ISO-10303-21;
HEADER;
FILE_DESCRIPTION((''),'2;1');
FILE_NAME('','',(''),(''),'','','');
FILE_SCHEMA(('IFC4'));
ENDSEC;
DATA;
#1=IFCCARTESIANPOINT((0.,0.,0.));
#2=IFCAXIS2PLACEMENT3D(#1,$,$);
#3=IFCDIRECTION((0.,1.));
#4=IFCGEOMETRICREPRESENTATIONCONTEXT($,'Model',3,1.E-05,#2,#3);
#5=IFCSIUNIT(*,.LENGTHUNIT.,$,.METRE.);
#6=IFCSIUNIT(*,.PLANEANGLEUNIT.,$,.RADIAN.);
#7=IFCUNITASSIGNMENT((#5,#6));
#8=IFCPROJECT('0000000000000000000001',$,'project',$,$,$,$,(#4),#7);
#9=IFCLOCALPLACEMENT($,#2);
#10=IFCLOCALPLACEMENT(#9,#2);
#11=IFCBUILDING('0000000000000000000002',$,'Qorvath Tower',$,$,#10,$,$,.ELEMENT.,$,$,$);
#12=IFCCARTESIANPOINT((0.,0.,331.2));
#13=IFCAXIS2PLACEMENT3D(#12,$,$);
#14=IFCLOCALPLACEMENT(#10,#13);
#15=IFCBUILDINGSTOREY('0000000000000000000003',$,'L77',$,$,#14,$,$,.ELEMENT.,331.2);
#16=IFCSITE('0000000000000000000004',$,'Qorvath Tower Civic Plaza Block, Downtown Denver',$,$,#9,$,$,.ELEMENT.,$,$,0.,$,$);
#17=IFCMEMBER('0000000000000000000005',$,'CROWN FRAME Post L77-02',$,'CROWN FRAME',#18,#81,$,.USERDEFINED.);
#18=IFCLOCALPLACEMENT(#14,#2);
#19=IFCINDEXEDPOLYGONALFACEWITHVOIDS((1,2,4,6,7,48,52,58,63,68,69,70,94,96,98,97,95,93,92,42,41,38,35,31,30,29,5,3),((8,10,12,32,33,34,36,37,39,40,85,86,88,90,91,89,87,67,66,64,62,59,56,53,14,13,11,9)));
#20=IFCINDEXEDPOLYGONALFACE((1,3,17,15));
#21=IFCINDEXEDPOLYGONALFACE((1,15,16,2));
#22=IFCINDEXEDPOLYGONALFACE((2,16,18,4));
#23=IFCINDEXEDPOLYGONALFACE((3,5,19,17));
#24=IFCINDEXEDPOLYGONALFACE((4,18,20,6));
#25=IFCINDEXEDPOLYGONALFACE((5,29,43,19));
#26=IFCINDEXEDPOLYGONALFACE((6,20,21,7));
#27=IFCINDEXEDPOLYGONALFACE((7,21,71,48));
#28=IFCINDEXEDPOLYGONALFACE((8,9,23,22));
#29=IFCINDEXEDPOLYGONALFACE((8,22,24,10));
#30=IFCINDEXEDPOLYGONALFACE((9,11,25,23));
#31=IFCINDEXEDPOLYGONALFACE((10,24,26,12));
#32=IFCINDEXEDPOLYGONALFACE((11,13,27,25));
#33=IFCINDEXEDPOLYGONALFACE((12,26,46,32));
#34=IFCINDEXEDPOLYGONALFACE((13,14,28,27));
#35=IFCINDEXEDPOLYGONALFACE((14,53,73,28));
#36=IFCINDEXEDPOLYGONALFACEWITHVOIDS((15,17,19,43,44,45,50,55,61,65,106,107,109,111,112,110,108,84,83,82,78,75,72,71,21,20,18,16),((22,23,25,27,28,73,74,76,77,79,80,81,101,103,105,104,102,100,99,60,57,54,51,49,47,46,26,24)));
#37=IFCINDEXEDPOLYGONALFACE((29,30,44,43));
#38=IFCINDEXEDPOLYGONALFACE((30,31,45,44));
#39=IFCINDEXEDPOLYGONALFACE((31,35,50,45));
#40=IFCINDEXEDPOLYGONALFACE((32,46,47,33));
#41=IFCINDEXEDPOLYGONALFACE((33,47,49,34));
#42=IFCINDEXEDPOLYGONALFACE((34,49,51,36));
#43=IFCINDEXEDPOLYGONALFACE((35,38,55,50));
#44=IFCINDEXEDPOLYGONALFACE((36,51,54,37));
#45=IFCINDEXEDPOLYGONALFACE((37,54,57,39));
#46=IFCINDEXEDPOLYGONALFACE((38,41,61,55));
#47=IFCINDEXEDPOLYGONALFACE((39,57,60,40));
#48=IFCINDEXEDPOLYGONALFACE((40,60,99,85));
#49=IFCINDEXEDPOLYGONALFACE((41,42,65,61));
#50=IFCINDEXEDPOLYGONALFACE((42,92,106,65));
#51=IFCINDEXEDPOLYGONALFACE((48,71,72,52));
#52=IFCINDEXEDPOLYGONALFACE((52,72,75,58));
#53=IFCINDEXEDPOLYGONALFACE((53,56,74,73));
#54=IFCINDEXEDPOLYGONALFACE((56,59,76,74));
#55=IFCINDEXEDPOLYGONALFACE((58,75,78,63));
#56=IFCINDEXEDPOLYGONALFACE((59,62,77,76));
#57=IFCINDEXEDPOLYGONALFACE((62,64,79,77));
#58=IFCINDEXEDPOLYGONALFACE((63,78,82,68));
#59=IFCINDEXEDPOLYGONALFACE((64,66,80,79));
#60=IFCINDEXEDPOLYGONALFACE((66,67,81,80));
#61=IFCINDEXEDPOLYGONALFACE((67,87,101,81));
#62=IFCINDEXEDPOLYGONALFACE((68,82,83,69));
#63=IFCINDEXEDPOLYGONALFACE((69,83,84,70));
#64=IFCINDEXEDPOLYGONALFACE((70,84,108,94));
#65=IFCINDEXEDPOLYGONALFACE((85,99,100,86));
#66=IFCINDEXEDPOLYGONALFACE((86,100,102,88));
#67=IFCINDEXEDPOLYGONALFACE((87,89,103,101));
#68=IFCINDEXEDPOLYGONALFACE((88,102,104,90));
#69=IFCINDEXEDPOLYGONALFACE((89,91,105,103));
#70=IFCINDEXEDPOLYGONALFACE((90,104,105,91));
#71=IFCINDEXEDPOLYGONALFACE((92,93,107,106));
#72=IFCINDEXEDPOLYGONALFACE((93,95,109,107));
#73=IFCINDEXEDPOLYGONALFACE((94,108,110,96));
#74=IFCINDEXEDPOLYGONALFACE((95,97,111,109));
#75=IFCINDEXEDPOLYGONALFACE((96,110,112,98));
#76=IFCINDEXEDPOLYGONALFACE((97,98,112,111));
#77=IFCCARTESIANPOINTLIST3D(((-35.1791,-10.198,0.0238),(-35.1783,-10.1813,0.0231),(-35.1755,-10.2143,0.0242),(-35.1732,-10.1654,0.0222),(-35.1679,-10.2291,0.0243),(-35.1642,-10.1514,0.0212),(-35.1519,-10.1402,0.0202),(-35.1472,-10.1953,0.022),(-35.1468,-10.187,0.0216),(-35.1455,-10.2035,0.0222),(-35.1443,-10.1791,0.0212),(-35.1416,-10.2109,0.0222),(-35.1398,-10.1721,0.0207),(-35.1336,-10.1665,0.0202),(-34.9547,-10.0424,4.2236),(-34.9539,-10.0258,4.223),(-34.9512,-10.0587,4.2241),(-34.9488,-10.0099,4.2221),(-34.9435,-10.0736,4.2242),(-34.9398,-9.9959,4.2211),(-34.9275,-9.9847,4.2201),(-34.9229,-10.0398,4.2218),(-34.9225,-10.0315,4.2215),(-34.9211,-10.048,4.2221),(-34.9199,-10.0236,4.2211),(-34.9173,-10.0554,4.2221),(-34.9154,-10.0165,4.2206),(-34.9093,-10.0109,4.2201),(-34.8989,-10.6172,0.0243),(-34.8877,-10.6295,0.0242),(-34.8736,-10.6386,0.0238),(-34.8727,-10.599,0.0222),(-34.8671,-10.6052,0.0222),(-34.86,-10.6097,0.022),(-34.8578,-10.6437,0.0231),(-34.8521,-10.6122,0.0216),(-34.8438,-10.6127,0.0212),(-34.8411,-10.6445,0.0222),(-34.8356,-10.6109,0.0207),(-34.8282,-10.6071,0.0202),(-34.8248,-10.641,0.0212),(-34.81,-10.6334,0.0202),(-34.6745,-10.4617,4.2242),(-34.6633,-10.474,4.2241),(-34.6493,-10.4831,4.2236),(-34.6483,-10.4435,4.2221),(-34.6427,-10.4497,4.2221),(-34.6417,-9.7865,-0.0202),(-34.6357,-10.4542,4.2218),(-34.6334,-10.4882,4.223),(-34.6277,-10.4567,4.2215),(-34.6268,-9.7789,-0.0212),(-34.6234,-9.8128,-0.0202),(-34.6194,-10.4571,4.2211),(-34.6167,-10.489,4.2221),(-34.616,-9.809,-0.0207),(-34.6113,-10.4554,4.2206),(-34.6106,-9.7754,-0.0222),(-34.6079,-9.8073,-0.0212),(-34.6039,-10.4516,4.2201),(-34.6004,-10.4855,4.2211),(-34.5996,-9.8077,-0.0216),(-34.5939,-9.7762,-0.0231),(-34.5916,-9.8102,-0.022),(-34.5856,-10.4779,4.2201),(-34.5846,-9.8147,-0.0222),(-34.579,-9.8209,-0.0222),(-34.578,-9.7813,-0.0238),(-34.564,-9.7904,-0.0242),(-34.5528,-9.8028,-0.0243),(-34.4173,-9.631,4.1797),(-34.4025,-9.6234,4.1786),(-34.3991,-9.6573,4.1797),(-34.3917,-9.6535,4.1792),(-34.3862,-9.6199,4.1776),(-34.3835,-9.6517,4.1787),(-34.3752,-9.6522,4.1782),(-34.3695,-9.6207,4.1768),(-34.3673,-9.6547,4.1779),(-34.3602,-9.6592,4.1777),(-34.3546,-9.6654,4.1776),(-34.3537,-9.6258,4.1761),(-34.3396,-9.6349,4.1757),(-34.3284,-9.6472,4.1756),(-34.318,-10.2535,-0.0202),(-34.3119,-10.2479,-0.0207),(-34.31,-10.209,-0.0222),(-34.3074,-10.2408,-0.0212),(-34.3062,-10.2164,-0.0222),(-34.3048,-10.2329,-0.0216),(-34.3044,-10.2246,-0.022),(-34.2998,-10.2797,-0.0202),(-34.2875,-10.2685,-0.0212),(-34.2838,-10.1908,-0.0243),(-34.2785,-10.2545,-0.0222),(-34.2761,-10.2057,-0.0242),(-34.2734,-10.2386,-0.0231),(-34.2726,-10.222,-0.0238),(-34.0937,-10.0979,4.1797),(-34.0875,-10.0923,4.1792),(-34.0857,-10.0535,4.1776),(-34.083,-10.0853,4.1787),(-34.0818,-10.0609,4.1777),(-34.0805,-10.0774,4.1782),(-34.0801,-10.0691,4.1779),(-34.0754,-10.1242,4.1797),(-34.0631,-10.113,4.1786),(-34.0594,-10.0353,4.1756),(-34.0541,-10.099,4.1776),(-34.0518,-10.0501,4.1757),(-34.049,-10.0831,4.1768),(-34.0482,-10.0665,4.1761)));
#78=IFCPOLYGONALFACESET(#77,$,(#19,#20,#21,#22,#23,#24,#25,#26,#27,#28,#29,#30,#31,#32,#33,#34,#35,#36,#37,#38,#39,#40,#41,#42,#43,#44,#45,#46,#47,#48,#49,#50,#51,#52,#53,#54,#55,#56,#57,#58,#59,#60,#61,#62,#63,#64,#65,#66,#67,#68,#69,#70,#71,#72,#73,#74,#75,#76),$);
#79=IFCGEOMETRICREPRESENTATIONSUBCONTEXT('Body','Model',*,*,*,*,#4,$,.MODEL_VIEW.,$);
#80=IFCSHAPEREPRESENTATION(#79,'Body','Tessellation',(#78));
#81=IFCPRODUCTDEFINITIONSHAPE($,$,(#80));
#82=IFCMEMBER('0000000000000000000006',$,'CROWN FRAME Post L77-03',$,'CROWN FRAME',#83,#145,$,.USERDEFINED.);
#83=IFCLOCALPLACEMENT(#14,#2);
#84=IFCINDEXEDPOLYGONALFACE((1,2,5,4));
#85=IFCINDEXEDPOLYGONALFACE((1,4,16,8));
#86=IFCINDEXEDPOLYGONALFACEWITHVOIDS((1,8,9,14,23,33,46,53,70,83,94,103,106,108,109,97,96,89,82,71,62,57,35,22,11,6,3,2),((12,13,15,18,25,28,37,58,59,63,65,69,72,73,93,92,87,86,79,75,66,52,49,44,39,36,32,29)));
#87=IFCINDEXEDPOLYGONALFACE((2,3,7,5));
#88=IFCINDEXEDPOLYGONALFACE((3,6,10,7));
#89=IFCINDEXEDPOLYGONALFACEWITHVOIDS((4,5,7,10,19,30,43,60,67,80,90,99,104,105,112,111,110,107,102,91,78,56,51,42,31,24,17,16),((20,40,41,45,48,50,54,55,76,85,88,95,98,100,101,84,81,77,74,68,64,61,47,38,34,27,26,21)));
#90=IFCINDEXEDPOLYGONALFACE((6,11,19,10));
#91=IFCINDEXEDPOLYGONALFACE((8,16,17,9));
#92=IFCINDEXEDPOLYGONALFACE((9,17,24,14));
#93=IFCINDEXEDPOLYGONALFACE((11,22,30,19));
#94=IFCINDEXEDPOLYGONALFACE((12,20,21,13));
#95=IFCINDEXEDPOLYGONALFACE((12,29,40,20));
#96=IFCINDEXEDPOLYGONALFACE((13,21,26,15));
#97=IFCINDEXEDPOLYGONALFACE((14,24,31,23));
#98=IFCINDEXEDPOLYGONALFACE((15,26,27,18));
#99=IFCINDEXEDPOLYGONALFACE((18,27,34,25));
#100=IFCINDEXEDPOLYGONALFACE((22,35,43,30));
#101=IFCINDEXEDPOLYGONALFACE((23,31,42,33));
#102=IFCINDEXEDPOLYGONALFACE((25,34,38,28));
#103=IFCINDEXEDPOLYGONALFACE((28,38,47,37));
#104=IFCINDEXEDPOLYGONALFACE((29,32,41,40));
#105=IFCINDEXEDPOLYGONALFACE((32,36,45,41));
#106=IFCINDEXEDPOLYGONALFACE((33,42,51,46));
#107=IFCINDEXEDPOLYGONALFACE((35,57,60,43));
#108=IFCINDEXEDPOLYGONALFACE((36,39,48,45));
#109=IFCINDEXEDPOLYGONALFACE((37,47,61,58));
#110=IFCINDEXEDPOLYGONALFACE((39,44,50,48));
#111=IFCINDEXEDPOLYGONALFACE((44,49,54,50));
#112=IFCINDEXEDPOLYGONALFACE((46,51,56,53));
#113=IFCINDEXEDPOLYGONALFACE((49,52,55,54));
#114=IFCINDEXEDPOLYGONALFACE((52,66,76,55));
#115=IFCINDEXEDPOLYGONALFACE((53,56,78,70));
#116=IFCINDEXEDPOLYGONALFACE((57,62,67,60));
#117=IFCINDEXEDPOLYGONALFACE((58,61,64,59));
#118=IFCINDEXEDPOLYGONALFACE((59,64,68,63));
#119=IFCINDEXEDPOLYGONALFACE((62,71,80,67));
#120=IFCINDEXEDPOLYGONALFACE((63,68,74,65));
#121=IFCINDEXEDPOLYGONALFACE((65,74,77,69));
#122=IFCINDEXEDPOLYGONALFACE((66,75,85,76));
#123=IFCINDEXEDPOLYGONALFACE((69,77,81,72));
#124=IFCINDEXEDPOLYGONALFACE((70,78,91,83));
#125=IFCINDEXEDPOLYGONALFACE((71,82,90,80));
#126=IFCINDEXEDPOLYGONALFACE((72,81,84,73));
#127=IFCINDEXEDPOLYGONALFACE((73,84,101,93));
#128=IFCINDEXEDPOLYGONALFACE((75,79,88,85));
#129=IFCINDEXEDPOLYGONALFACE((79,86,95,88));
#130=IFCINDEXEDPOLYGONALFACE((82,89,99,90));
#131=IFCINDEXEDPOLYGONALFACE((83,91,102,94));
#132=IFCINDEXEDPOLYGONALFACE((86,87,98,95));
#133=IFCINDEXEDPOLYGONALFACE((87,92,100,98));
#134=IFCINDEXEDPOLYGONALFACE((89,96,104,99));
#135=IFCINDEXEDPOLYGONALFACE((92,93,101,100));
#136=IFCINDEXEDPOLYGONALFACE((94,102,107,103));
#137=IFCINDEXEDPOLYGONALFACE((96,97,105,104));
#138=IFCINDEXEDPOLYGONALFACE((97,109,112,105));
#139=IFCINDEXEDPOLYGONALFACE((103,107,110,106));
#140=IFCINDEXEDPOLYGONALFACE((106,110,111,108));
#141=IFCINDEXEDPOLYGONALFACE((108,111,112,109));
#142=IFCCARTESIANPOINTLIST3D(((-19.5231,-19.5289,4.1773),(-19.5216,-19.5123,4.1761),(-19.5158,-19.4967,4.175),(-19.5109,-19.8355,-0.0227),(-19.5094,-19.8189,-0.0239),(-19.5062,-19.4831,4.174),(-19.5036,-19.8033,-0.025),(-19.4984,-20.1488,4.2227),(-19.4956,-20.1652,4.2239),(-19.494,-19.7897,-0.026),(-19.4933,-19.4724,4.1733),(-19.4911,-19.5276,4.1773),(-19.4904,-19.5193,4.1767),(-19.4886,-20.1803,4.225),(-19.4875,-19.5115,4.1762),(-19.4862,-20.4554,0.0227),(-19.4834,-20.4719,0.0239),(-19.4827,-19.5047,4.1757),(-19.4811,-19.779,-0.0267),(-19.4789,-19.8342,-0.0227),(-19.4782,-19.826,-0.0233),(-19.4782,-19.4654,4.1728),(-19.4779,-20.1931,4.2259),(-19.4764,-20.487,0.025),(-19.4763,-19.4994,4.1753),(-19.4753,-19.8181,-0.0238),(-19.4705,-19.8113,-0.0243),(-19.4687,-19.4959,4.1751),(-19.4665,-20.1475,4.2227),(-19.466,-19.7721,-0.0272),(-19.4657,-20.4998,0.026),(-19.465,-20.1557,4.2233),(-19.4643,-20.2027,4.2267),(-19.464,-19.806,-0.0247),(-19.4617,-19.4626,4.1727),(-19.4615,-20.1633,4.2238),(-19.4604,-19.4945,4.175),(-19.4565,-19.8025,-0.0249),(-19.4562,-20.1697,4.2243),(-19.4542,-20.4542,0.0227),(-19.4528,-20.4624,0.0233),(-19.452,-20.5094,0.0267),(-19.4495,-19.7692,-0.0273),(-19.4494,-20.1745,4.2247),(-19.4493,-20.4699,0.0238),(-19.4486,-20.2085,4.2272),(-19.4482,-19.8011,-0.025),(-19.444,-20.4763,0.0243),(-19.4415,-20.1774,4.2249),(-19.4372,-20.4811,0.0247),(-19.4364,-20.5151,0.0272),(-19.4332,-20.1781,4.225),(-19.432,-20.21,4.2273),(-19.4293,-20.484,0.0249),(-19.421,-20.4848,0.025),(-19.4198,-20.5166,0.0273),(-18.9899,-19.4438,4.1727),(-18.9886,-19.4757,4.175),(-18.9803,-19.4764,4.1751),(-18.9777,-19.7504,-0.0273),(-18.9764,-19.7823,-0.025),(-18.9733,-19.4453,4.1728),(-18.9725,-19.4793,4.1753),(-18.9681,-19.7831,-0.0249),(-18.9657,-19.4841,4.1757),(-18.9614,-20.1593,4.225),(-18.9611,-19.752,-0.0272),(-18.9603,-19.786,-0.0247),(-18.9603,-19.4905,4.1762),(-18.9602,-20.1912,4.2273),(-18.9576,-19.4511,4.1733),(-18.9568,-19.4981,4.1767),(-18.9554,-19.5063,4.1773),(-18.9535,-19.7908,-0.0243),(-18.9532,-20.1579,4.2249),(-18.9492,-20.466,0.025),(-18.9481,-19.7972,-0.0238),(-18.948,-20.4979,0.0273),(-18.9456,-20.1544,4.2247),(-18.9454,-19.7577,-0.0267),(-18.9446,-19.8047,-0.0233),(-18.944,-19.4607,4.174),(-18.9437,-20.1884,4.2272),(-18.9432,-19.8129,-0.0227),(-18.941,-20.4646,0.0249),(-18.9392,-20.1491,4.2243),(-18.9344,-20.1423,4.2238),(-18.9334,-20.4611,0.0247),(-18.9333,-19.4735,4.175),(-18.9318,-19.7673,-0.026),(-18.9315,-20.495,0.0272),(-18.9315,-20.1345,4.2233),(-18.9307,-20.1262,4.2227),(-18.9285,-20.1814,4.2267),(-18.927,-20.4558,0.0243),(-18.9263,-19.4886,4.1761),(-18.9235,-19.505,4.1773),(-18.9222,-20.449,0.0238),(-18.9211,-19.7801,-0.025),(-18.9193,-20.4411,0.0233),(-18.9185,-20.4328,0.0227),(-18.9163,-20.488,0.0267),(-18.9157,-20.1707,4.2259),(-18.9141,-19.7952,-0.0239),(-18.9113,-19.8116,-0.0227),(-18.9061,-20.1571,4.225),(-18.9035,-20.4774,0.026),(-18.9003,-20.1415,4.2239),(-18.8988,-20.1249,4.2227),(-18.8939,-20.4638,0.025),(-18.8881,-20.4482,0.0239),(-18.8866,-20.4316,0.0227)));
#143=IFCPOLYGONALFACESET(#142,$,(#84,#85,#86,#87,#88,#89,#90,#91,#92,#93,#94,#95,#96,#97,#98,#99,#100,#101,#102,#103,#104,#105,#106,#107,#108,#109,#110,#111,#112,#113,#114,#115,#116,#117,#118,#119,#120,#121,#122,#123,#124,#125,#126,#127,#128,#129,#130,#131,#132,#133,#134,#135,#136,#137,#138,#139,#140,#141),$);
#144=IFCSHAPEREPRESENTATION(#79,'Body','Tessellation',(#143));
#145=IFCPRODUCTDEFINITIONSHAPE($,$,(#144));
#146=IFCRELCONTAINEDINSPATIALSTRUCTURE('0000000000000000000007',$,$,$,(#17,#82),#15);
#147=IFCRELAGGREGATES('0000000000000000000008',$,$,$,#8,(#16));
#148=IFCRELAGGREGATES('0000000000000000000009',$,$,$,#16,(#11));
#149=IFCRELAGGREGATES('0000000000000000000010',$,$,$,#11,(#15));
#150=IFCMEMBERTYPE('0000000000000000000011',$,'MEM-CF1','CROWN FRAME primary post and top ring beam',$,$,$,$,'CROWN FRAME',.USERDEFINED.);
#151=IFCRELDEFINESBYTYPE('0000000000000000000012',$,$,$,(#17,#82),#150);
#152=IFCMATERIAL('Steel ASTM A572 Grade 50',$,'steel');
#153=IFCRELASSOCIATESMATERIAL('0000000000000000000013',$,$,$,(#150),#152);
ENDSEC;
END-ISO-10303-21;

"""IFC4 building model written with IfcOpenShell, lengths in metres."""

from ifc_helpers import new_model, si_unit, direction, frame, origin, origin_2d, place, context, subcontext, project, spatial, hollow_rectangle, extrude, material, material_profile, profile_set, type_object, element, save


model = new_model("IFC4")

# Units and contexts
model_context = context("Model", 3, precision=1e-05, world=origin(), true_north=direction((0.0, 1.0)))
body_context = subcontext(model_context, "Body", "Model", "MODEL_VIEW")
ifc_project = project(units=[si_unit("LENGTHUNIT", "METRE"), si_unit("PLANEANGLEUNIT", "RADIAN")], contexts=[model_context])

# Site, building, storey
site_placement = place(None, origin())
site = spatial("IfcSite", under=ifc_project, at=site_placement, Name="Qorvath Tower Civic Plaza Block, Downtown Denver", CompositionType="ELEMENT", RefElevation=0.0)
building_placement = place(site_placement, origin())
building = spatial("IfcBuilding", under=site, at=building_placement, Name="Qorvath Tower", CompositionType="ELEMENT")
storey_placement = place(building_placement, frame((0.0, 0.0, 331.2)))
storey = spatial("IfcBuildingStorey", under=building, at=storey_placement, Name="L77", CompositionType="ELEMENT", Elevation=331.2)

# Members
ifc_material_1 = material(Name="Steel ASTM A572 Grade 50", Category="steel")
ifc_material_profile_1 = material_profile(ifc_material_1, hollow_rectangle(XDim=0.6001, YDim=0.75, WallThickness=0.032, InnerFilletRadius=0.032, OuterFilletRadius=0.064, at=origin_2d()), Name="CROWN BOX 750x600x32")
ifc_profile_set_1 = profile_set([ifc_material_profile_1], Name="Steel ASTM A572 Grade 50")
member_type_1 = type_object("IfcMemberType", Name="MEM-CF1", Description="CROWN FRAME primary post and top ring beam", ElementType="CROWN FRAME", PredefinedType="USERDEFINED", material=ifc_profile_set_1)
member_1_placement = place(storey_placement, frame((-34.7258, -10.21, 0.0), z_axis=(0.053308, 0.03695, 0.997894), x_axis=(-0.569675, 0.82187, 0.0)))
element("IfcMember", 1, at=member_1_placement, inside=storey, type_object=member_type_1, Name="CROWN FRAME Post L77-02", ObjectType="CROWN FRAME", PredefinedType="USERDEFINED", context=body_context, shape_type="SweptSolid", body=[
    extrude(hollow_rectangle(XDim=0.6001, YDim=0.75, WallThickness=0.032, InnerFilletRadius=0.032, OuterFilletRadius=0.064, at=origin_2d()), origin(), (0.0, 0.0, 1.0), 4.2087),
])
member_2_placement = place(storey_placement, frame((-19.1987, -20.1335, 0.0), z_axis=(-0.002899, 0.072816, 0.997341), x_axis=(-0.999209, -0.039777, 0.0)))
element("IfcMember", 2, at=member_2_placement, inside=storey, type_object=member_type_1, Name="CROWN FRAME Post L77-03", ObjectType="CROWN FRAME", PredefinedType="USERDEFINED", context=body_context, shape_type="SweptSolid", body=[
    extrude(hollow_rectangle(XDim=0.6001, YDim=0.75, WallThickness=0.032, InnerFilletRadius=0.032, OuterFilletRadius=0.064, at=origin_2d()), origin(), (0.0, 0.0, 1.0), 4.2112),
])

save(model, "model.ifc")
